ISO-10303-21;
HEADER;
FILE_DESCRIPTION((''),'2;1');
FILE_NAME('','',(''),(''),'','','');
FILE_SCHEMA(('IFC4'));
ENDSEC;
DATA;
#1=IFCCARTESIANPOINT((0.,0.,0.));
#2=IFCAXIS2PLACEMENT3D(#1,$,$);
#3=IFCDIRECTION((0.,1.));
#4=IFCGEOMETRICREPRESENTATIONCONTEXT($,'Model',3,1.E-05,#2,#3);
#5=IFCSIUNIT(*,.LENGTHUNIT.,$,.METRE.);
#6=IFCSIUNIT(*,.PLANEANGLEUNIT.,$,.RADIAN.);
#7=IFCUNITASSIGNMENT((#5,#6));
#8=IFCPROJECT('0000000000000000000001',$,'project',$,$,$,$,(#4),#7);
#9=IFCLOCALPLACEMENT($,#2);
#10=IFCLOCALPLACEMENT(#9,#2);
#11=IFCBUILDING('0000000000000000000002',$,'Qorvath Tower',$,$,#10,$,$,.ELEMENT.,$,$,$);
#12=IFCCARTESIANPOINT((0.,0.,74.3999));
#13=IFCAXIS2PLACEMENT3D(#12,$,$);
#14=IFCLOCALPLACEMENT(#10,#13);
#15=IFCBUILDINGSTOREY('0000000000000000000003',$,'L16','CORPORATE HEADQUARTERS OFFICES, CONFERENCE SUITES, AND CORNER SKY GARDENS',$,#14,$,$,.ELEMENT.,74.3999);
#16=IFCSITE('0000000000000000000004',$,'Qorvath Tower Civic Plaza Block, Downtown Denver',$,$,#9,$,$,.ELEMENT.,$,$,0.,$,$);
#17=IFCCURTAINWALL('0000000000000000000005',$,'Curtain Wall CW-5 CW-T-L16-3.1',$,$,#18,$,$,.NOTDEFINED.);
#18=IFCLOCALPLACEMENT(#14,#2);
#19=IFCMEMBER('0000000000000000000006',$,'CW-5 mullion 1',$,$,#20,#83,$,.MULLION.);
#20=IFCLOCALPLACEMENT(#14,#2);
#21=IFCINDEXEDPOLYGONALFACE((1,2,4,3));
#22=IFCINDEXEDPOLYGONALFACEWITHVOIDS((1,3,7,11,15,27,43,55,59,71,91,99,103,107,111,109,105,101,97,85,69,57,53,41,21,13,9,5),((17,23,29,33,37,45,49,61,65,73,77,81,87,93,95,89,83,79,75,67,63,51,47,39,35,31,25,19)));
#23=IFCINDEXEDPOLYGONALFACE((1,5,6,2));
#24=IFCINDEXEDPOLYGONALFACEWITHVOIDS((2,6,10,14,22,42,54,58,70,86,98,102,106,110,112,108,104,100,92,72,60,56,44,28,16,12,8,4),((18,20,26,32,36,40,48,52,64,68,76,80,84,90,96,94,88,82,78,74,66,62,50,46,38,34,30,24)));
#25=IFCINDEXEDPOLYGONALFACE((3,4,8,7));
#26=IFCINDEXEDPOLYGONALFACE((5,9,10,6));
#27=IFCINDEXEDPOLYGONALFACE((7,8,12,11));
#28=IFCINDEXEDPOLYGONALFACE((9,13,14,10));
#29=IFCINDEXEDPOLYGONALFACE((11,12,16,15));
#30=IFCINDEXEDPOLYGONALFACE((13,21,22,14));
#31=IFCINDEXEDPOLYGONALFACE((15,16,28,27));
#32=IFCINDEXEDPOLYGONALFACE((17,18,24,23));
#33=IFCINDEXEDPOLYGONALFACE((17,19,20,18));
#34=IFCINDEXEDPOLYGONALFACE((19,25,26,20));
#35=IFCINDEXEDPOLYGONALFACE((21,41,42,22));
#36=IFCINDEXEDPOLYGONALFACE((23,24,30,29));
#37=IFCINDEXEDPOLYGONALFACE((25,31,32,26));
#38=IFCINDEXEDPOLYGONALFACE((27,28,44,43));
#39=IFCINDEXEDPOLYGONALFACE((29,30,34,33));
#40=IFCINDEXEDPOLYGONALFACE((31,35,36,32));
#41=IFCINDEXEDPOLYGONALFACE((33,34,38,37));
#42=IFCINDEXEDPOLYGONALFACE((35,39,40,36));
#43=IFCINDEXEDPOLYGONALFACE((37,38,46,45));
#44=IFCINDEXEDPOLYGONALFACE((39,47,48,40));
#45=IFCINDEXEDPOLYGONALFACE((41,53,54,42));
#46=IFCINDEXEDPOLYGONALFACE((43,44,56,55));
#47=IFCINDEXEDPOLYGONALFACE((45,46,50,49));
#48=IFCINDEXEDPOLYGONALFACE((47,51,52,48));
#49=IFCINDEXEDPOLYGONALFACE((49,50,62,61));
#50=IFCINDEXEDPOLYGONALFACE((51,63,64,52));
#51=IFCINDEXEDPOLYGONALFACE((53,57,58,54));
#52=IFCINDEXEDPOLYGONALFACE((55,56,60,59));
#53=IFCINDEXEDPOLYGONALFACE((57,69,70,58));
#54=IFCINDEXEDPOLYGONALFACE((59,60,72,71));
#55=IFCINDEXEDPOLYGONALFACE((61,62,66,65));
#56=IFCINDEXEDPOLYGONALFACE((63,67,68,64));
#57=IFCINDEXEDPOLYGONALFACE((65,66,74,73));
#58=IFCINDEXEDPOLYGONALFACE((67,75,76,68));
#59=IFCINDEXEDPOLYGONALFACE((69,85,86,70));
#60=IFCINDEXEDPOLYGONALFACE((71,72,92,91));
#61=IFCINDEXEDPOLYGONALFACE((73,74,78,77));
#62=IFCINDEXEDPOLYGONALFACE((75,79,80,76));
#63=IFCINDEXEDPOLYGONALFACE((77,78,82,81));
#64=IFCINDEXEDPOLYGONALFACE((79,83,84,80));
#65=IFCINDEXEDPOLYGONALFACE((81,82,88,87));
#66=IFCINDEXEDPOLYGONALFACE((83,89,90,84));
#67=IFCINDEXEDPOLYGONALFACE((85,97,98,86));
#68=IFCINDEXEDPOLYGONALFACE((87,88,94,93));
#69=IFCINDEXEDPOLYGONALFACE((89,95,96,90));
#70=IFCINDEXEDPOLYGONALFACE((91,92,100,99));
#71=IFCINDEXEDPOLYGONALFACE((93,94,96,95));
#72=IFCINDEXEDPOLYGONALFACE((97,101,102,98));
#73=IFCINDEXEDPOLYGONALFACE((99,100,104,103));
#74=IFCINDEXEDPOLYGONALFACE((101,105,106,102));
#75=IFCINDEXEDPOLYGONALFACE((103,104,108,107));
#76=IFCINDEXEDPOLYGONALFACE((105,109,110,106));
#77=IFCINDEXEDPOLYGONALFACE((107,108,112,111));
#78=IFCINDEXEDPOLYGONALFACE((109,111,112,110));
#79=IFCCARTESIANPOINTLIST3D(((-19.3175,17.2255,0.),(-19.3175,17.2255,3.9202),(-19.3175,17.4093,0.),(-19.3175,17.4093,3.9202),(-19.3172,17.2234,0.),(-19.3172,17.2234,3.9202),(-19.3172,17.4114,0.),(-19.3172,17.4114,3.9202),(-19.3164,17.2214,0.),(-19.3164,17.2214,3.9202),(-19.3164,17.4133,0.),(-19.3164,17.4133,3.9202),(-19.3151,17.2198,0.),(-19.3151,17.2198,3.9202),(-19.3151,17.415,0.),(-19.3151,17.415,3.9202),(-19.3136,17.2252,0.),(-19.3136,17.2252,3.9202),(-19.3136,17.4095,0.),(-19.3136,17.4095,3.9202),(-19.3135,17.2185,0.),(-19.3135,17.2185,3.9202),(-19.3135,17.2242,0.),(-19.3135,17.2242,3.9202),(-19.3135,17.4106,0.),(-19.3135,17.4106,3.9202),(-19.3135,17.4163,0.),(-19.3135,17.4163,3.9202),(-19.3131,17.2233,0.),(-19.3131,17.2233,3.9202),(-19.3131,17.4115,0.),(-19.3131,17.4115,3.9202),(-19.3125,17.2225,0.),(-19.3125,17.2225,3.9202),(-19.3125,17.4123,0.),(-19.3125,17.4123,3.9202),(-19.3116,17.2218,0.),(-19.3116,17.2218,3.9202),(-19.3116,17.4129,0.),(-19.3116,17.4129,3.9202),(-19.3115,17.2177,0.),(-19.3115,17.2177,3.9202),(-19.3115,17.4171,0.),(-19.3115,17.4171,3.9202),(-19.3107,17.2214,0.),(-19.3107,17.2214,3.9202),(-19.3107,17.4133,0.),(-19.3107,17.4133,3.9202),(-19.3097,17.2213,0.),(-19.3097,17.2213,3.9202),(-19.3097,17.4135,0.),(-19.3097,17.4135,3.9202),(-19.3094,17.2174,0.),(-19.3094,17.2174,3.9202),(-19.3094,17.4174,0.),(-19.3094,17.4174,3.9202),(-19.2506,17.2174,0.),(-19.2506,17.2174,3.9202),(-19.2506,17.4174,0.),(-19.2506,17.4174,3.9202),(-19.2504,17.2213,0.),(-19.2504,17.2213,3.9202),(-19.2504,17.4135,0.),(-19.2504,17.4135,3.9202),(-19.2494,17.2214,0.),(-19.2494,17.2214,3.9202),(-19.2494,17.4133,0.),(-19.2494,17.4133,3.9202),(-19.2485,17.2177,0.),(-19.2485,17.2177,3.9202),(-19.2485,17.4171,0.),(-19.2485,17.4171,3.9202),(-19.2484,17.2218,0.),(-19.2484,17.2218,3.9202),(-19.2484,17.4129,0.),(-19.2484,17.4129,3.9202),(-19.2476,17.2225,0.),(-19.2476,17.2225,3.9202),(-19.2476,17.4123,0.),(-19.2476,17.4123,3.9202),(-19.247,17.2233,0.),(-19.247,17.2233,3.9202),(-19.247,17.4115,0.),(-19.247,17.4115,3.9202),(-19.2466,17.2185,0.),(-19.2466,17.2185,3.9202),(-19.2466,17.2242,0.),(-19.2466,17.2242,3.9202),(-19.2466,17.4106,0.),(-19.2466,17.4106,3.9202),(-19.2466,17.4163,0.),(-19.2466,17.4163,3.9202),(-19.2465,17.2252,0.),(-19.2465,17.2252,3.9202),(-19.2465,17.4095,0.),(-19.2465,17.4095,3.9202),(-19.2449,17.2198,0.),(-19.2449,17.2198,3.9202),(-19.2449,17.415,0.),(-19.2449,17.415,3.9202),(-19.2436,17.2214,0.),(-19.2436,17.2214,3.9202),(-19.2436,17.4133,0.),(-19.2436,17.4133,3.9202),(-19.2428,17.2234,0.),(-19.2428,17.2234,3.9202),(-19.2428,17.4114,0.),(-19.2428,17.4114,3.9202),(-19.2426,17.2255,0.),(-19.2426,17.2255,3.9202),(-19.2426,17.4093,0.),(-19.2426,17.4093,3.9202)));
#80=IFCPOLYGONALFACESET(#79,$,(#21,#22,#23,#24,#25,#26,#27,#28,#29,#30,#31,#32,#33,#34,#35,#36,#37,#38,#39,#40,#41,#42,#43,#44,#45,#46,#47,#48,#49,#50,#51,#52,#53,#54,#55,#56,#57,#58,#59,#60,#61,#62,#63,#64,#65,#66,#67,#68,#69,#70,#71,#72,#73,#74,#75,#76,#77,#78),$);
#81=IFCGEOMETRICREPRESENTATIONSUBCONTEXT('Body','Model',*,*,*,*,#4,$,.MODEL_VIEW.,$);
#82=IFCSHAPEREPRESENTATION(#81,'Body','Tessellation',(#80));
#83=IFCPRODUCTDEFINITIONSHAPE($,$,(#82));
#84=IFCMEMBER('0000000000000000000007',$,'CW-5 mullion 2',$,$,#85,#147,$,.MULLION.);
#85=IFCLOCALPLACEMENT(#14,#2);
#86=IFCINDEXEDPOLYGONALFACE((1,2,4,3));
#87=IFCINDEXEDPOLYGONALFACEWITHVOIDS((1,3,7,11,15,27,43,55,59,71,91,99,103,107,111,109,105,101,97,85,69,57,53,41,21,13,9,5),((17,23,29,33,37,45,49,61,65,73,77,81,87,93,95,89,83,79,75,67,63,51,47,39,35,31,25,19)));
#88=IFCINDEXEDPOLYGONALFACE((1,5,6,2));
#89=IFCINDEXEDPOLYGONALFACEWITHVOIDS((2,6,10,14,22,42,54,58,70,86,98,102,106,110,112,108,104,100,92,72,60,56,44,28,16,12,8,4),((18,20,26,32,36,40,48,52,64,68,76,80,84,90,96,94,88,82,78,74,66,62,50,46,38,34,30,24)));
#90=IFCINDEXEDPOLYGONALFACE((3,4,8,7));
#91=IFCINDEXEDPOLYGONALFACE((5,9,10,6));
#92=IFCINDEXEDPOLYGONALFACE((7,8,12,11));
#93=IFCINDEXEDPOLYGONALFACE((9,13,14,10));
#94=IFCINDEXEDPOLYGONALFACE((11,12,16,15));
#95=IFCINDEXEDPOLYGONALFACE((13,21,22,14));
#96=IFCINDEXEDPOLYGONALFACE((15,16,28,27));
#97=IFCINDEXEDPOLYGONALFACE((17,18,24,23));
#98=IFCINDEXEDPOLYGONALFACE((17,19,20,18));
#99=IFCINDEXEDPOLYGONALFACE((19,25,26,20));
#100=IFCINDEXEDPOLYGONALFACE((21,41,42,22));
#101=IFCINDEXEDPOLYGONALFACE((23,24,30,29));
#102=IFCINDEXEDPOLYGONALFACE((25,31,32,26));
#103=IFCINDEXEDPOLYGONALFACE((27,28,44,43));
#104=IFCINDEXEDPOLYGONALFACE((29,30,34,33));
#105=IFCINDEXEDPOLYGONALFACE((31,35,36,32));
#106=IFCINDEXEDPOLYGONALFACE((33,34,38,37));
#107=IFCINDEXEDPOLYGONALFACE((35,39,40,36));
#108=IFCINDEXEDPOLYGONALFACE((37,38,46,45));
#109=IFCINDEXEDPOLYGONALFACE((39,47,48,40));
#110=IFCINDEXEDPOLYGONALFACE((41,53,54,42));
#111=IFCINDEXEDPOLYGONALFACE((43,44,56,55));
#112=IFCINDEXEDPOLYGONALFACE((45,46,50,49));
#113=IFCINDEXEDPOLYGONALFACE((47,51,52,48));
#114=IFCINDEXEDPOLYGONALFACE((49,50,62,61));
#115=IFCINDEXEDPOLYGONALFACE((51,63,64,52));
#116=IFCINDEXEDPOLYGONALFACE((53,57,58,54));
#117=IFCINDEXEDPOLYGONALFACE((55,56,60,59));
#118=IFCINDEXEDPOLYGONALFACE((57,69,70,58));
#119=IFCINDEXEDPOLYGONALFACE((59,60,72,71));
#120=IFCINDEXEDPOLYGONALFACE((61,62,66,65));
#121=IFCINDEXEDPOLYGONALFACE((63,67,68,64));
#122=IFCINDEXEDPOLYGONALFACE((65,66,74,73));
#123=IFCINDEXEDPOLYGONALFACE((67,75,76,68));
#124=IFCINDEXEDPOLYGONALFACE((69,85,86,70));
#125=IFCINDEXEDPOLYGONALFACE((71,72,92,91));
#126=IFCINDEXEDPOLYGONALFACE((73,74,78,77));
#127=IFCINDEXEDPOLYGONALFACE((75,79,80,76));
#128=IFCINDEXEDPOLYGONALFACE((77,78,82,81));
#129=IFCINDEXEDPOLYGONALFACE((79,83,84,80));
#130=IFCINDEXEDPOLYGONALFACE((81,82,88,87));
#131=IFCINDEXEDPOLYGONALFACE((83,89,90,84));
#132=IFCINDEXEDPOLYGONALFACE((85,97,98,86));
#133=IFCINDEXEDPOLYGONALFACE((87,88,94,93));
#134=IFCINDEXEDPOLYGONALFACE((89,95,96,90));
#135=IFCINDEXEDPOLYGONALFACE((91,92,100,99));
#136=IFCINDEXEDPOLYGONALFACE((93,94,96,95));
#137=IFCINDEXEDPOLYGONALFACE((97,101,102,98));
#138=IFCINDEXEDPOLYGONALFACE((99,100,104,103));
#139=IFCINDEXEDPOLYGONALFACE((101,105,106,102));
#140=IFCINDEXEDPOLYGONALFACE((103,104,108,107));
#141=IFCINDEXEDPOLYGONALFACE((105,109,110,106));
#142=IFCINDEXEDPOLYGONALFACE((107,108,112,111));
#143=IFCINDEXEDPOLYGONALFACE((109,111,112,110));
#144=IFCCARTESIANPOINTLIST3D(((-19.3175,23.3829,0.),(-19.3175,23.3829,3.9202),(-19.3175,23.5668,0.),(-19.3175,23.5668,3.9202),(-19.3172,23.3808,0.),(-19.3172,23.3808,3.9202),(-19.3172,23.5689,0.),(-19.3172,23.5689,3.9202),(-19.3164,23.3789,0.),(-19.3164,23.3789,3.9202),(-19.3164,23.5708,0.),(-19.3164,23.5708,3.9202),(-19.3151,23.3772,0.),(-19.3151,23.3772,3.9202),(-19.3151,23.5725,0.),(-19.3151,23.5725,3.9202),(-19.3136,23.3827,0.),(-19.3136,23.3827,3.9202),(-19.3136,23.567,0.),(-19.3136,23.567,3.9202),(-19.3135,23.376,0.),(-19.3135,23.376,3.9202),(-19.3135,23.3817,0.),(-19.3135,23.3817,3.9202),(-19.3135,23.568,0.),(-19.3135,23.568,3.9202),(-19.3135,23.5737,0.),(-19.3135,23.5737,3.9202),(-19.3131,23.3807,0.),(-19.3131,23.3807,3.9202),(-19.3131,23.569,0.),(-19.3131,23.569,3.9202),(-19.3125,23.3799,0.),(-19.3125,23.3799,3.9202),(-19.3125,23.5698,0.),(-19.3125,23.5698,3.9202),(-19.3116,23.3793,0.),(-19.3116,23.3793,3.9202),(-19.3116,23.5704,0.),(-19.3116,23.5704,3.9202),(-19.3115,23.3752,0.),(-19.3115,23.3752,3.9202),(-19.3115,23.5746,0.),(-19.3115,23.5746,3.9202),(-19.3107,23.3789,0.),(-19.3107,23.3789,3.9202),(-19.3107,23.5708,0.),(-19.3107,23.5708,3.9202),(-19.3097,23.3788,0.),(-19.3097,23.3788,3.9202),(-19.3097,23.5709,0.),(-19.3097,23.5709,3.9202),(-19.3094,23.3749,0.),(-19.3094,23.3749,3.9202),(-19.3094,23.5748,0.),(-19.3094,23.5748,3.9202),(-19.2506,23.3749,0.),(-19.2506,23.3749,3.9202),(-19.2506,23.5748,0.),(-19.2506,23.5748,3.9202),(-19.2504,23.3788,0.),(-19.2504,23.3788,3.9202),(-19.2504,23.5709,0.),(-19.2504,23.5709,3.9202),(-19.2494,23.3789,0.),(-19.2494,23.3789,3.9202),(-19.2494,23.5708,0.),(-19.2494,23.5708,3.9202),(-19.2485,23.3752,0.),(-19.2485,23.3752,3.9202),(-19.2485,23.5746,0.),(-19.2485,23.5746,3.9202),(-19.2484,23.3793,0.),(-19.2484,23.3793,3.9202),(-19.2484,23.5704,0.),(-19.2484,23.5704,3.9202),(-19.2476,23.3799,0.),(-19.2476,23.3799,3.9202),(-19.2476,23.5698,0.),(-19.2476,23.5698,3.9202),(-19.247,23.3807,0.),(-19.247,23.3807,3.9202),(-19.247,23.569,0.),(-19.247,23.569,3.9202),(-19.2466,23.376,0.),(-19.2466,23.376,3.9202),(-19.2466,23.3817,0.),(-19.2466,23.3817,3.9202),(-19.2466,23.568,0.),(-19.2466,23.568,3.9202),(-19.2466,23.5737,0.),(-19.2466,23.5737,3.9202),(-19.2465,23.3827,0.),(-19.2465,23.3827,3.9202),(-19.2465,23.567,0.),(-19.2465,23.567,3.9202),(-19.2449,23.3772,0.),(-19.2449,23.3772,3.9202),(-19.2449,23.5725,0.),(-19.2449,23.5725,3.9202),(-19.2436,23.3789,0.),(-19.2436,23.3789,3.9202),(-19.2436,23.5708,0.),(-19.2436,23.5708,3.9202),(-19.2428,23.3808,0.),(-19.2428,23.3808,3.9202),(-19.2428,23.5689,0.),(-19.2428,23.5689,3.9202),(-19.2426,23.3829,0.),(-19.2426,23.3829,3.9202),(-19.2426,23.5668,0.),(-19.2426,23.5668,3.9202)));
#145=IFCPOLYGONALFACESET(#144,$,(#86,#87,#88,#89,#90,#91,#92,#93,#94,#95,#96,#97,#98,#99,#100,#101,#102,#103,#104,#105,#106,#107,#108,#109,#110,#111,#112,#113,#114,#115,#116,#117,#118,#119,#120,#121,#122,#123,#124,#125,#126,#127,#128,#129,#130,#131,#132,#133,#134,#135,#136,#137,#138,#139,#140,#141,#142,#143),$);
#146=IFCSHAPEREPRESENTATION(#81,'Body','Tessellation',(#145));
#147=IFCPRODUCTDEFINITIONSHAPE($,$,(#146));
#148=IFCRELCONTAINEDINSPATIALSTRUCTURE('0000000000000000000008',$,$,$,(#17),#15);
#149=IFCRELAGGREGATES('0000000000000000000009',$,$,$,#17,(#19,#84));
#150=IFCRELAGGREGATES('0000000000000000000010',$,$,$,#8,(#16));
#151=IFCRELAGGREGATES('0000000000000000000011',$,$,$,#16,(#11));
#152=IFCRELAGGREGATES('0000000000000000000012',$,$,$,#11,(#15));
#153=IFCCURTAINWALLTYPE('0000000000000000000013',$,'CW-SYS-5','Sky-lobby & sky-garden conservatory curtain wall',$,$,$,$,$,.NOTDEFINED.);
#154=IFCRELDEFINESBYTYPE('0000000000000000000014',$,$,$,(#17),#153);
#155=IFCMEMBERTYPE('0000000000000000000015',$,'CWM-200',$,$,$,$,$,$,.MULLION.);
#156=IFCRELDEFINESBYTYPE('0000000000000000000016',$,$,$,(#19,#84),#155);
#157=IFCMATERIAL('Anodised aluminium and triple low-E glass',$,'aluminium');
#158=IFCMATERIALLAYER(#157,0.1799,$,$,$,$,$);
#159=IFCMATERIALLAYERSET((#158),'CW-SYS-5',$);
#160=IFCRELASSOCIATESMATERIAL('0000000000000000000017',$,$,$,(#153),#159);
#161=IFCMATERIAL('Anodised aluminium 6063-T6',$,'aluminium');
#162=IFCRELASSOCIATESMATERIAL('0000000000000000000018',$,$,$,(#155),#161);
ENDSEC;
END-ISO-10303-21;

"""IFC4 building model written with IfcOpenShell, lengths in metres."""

from ifc_helpers import new_model, si_unit, direction, frame, origin, origin_2d, place, context, subcontext, project, spatial, hollow_rectangle, extrude, material, layer, layer_set, material_profile, profile_set, type_object, element, aggregate, save


model = new_model("IFC4")

# Units and contexts
model_context = context("Model", 3, precision=1e-05, world=origin(), true_north=direction((0.0, 1.0)))
body_context = subcontext(model_context, "Body", "Model", "MODEL_VIEW")
ifc_project = project(units=[si_unit("LENGTHUNIT", "METRE"), si_unit("PLANEANGLEUNIT", "RADIAN")], contexts=[model_context])

# Site, building, storey
site_placement = place(None, origin())
site = spatial("IfcSite", under=ifc_project, at=site_placement, Name="Qorvath Tower Civic Plaza Block, Downtown Denver", CompositionType="ELEMENT", RefElevation=0.0)
building_placement = place(site_placement, origin())
building = spatial("IfcBuilding", under=site, at=building_placement, Name="Qorvath Tower", CompositionType="ELEMENT")
storey_placement = place(building_placement, frame((0.0, 0.0, 74.3999)))
storey = spatial("IfcBuildingStorey", under=building, at=storey_placement, Name="L16", Description="CORPORATE HEADQUARTERS OFFICES, CONFERENCE SUITES, AND CORNER SKY GARDENS", CompositionType="ELEMENT", Elevation=74.3999)

# Shared definitions
ifc_material_1 = material(Name="Anodised aluminium and triple low-E glass", Category="aluminium")
ifc_layer_1 = layer(ifc_material_1, 0.1799)
ifc_layer_set_1 = layer_set([ifc_layer_1], Name="CW-SYS-5")
curtain_wall_type = type_object("IfcCurtainWallType", Name="CW-SYS-5", Description="Sky-lobby & sky-garden conservatory curtain wall", PredefinedType="NOTDEFINED", material=ifc_layer_set_1)
ifc_material_2 = material(Name="Anodised aluminium 6063-T6", Category="aluminium")
ifc_material_profile_1 = material_profile(ifc_material_2, hollow_rectangle(XDim=0.075, YDim=0.2, WallThickness=0.0039, InnerFilletRadius=0.0039, OuterFilletRadius=0.0081, at=origin_2d()), Name="CWM 200x75")
ifc_profile_set_1 = profile_set([ifc_material_profile_1], Name="Anodised aluminium 6063-T6")
member_type_1 = type_object("IfcMemberType", Name="CWM-200", PredefinedType="MULLION", material=ifc_profile_set_1)

# Curtain wall, members
curtain_wall_1_placement = place(storey_placement, origin())
curtain_wall_1 = element("IfcCurtainWall", 1, at=curtain_wall_1_placement, inside=storey, type_object=curtain_wall_type, Name="Curtain Wall CW-5 CW-T-L16-3.1", PredefinedType="NOTDEFINED")
member_1_placement = place(storey_placement, frame((-19.28, 17.3174, 0.0), z_axis=(0.0, 0.0, 1.0), x_axis=(-1.0, 0.0, 0.0)))
member_1 = element("IfcMember", 2, at=member_1_placement, type_object=member_type_1, Name="CW-5 mullion 1", PredefinedType="MULLION", context=body_context, shape_type="SweptSolid", body=[
    extrude(hollow_rectangle(XDim=0.075, YDim=0.2, WallThickness=0.0039, InnerFilletRadius=0.0039, OuterFilletRadius=0.0081, at=origin_2d()), origin(), (0.0, 0.0, 1.0), 3.9202),
])
member_2_placement = place(storey_placement, frame((-19.28, 23.4749, 0.0), z_axis=(0.0, 0.0, 1.0), x_axis=(-1.0, 0.0, 0.0)))
member_2 = element("IfcMember", 3, at=member_2_placement, type_object=member_type_1, Name="CW-5 mullion 2", PredefinedType="MULLION", context=body_context, shape_type="SweptSolid", body=[
    extrude(hollow_rectangle(XDim=0.075, YDim=0.2, WallThickness=0.0039, InnerFilletRadius=0.0039, OuterFilletRadius=0.0081, at=origin_2d()), origin(), (0.0, 0.0, 1.0), 3.9202),
])

aggregate(curtain_wall_1, [member_1, member_2])

save(model, "model.ifc")
